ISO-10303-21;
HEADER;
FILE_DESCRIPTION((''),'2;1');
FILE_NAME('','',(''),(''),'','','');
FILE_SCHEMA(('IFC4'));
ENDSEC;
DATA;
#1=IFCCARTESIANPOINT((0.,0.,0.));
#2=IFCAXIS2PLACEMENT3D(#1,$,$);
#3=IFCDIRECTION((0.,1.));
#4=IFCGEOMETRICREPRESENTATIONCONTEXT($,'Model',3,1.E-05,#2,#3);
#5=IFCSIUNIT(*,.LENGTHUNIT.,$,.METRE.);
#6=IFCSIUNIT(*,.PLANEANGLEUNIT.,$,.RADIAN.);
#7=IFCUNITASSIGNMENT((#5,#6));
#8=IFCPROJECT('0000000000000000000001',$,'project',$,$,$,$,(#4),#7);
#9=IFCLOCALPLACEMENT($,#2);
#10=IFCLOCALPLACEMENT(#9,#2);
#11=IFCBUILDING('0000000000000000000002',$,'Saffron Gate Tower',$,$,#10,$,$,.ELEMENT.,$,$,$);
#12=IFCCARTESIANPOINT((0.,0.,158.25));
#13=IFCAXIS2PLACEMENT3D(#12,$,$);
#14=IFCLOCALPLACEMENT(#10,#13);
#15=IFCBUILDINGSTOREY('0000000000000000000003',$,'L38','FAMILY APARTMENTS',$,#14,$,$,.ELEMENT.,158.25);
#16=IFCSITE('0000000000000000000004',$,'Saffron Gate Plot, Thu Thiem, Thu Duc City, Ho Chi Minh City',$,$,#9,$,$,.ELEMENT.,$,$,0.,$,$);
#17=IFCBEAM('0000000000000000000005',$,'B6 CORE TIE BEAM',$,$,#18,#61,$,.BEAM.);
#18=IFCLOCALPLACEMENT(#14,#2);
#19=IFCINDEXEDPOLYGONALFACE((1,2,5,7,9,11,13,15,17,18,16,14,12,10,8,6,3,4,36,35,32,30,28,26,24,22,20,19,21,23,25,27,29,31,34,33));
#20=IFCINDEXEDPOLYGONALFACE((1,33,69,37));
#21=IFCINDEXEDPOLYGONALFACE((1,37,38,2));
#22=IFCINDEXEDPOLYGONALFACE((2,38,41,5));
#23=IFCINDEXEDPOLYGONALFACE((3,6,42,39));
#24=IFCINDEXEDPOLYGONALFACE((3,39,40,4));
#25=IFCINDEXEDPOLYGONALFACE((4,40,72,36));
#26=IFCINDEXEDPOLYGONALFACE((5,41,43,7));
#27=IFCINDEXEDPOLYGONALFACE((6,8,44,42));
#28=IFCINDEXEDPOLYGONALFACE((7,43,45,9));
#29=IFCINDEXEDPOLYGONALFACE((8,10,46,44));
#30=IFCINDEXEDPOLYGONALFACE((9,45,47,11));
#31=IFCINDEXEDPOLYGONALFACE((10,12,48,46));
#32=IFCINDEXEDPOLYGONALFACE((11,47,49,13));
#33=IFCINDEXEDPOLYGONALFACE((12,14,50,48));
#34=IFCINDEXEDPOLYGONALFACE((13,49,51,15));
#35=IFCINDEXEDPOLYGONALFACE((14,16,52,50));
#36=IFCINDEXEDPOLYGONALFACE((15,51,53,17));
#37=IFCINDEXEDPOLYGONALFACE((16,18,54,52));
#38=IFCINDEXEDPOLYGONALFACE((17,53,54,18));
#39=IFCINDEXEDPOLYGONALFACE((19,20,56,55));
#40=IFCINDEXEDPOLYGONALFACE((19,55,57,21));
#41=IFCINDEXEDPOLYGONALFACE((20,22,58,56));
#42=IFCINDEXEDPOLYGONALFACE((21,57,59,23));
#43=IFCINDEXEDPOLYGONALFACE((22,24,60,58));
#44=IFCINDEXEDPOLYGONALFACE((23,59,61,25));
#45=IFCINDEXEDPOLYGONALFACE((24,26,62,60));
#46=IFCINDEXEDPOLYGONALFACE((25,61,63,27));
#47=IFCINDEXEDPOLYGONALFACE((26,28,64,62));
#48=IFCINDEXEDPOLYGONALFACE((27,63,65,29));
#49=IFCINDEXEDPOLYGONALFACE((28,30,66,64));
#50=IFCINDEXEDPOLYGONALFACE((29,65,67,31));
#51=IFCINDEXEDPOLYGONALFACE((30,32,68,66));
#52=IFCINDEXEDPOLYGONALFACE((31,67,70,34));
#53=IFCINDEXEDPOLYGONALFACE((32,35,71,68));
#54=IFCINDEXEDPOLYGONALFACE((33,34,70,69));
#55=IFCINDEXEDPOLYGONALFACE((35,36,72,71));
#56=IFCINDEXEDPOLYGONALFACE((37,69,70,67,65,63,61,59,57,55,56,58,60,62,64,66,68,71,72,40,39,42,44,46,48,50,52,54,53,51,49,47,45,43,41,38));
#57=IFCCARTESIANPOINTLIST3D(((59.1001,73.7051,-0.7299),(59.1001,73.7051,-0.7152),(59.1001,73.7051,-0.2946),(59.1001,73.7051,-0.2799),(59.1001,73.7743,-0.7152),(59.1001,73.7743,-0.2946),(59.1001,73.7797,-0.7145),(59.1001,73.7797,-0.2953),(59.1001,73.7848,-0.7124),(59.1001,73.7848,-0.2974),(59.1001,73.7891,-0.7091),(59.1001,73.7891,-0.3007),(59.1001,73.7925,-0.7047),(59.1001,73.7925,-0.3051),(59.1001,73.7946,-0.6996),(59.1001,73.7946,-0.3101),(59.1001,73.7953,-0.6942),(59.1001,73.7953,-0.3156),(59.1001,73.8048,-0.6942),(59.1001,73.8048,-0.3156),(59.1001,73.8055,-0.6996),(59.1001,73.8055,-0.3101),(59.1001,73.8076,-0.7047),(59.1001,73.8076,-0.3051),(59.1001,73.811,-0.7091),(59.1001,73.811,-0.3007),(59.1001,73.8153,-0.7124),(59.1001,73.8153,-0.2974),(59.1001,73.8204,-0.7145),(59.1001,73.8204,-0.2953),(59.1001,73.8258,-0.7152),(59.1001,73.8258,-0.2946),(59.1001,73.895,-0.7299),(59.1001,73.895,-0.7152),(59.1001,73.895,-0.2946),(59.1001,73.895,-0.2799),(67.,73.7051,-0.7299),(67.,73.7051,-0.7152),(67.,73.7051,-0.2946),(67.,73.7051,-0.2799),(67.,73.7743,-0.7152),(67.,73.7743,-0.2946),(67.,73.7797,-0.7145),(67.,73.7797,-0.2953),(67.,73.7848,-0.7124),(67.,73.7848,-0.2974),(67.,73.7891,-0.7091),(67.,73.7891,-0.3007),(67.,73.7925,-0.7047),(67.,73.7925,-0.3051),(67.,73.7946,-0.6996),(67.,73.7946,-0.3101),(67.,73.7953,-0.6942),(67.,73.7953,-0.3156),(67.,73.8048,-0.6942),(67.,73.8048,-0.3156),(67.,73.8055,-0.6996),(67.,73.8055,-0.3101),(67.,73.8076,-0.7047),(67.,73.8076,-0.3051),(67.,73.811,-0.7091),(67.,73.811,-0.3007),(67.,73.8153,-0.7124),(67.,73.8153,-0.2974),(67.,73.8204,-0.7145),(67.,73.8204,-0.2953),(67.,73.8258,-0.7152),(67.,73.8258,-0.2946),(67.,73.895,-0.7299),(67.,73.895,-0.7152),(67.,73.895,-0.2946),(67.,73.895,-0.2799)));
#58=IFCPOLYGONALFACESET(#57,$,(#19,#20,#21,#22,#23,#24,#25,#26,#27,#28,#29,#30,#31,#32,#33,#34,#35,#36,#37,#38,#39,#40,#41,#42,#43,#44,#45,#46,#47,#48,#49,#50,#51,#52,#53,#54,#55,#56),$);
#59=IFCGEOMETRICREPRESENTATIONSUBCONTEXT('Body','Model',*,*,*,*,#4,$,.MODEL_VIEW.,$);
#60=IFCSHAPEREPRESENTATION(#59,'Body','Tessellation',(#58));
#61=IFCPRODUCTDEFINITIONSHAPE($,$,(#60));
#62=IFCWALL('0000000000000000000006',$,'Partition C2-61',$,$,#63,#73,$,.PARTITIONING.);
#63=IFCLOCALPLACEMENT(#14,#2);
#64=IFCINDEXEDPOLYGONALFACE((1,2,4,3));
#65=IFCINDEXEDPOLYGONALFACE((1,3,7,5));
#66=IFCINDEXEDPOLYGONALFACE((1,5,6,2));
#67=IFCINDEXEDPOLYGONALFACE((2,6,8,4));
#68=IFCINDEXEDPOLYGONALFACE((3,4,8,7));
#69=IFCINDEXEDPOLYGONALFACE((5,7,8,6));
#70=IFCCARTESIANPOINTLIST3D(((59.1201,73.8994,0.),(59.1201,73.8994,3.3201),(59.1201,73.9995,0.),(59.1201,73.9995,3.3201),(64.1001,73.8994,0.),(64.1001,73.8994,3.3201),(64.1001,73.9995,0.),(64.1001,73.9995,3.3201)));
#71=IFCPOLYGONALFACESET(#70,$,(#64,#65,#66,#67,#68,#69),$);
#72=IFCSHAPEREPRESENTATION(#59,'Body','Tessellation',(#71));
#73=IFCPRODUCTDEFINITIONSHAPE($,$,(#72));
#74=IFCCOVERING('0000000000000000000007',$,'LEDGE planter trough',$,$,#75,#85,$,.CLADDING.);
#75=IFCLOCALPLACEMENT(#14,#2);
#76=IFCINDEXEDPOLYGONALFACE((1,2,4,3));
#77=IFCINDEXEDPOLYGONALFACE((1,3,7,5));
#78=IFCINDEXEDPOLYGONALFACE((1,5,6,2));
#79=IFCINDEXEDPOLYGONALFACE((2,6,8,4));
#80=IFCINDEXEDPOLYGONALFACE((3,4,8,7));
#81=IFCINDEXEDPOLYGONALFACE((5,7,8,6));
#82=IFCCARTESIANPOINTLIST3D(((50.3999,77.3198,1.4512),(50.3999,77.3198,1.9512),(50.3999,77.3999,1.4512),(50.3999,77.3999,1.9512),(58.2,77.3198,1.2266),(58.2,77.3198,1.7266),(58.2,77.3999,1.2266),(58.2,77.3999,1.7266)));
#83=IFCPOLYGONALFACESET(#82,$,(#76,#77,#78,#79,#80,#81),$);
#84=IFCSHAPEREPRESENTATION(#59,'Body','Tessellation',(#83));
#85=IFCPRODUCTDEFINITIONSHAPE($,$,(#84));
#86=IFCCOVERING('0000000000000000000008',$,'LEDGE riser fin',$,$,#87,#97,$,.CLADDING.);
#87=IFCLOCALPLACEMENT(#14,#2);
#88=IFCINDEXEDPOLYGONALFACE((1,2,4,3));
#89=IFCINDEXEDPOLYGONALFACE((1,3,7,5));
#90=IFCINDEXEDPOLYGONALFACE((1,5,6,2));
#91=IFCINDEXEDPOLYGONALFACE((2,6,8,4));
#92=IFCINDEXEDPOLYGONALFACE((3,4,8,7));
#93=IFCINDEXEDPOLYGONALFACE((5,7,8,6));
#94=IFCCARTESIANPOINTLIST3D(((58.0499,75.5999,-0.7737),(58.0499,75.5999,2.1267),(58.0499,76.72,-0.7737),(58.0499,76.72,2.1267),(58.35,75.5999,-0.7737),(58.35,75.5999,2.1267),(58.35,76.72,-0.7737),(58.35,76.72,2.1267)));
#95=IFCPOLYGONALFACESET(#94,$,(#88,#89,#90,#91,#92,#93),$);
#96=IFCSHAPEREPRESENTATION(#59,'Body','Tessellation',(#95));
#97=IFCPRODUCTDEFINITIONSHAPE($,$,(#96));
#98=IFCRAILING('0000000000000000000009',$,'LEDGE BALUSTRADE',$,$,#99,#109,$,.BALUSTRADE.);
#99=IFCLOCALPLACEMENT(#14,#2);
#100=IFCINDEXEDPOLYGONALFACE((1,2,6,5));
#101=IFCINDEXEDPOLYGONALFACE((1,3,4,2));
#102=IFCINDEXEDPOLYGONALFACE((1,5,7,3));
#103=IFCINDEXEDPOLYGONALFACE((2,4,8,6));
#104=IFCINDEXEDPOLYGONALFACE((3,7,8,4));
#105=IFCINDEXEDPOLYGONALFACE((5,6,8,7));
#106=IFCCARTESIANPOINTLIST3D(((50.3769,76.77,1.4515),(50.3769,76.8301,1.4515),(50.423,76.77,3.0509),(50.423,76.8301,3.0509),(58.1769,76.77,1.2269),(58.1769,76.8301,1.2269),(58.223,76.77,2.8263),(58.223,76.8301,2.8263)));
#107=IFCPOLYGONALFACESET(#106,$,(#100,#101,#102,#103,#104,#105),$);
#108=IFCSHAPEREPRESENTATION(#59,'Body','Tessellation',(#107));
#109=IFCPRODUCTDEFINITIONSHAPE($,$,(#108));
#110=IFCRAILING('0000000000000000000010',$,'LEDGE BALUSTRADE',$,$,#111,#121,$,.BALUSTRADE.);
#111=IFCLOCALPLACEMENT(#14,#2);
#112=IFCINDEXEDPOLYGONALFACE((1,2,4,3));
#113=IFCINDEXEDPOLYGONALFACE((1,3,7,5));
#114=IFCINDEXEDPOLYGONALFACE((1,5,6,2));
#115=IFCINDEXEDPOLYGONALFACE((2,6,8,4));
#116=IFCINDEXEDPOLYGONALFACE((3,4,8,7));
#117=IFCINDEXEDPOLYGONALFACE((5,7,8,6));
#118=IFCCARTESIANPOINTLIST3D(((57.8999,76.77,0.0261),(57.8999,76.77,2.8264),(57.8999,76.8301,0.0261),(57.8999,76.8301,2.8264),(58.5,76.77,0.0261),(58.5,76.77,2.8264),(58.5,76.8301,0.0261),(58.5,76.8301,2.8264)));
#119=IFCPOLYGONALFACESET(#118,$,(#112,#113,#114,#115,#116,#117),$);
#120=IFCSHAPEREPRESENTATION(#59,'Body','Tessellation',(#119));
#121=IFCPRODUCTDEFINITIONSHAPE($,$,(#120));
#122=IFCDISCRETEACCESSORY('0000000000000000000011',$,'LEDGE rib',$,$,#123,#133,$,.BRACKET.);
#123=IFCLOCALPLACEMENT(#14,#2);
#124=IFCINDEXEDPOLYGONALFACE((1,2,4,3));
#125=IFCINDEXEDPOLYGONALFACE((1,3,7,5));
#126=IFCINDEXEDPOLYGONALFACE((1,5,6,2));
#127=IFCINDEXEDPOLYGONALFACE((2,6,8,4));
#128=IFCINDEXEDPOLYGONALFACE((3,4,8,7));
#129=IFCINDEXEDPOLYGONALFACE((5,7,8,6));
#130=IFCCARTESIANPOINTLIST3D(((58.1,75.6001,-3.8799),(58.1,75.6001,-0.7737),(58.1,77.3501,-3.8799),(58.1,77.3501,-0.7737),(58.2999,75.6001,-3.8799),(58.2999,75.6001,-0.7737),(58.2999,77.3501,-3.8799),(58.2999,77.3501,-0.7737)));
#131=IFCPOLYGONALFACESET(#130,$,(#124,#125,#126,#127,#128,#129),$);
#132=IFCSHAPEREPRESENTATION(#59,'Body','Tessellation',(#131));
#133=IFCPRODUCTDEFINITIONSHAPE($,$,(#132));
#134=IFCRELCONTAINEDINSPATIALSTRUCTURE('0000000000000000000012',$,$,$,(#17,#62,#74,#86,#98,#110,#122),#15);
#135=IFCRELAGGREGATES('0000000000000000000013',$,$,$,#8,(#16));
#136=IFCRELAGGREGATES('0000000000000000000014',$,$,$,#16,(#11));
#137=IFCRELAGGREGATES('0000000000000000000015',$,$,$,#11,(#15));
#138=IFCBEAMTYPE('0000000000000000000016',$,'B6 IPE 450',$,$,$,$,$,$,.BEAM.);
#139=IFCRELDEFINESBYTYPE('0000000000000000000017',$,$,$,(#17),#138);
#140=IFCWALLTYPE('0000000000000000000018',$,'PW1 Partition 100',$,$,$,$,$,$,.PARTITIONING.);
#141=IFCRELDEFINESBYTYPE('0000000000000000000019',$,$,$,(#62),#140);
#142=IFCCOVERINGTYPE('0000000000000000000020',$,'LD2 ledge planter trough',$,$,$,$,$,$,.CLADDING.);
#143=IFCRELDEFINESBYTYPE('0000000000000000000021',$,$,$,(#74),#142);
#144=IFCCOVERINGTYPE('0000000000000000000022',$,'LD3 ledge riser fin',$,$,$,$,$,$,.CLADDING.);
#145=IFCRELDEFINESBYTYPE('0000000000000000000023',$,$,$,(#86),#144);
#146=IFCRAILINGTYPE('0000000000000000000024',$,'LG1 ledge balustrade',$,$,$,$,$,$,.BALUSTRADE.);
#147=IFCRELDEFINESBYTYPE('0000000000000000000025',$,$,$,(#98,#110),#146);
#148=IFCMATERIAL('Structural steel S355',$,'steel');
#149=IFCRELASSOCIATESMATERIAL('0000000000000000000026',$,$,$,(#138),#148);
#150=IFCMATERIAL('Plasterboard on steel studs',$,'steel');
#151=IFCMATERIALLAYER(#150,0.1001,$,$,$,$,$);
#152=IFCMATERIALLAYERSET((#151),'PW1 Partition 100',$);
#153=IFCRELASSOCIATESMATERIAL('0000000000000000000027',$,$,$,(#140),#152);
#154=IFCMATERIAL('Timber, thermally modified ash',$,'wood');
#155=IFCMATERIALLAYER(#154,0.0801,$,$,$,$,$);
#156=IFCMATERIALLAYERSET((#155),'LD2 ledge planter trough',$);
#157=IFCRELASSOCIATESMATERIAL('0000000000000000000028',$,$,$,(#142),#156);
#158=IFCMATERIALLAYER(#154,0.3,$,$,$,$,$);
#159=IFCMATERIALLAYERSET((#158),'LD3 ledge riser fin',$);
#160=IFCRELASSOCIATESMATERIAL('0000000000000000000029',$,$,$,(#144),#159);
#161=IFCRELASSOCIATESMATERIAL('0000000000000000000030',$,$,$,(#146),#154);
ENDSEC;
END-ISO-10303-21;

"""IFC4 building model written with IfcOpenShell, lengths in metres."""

from ifc_helpers import new_model, si_unit, direction, frame, frame_2d, origin, origin_2d, place, context, subcontext, project, spatial, polyline, rectangle, i_section, outline, extrude, material, layer, layer_set, material_profile, profile_set, type_object, element, save


model = new_model("IFC4")

# Units and contexts
model_context = context("Model", 3, precision=1e-05, world=origin(), true_north=direction((0.0, 1.0)))
body_context = subcontext(model_context, "Body", "Model", "MODEL_VIEW")
ifc_project = project(units=[si_unit("LENGTHUNIT", "METRE"), si_unit("PLANEANGLEUNIT", "RADIAN")], contexts=[model_context])

# Site, building, storey
site_placement = place(None, origin())
site = spatial("IfcSite", under=ifc_project, at=site_placement, Name="Saffron Gate Plot, Thu Thiem, Thu Duc City, Ho Chi Minh City", CompositionType="ELEMENT", RefElevation=0.0)
building_placement = place(site_placement, origin())
building = spatial("IfcBuilding", under=site, at=building_placement, Name="Saffron Gate Tower", CompositionType="ELEMENT")
storey_placement = place(building_placement, frame((0.0, 0.0, 158.25)))
storey = spatial("IfcBuildingStorey", under=building, at=storey_placement, Name="L38", Description="FAMILY APARTMENTS", CompositionType="ELEMENT", Elevation=158.25)

# Beam
ifc_material_1 = material(Name="Structural steel S355", Category="steel")
ifc_material_profile = material_profile(ifc_material_1, i_section(OverallWidth=0.1899, OverallDepth=0.45, WebThickness=0.0095, FlangeThickness=0.0146, FilletRadius=0.021, at=origin_2d()))
ifc_profile_set = profile_set([ifc_material_profile], Name="Structural steel S355")
beam_type = type_object("IfcBeamType", Name="B6 IPE 450", PredefinedType="BEAM", material=ifc_profile_set)
beam_placement = place(storey_placement, frame((59.1001, 73.8, -0.5049), z_axis=(1.0, 0.0, 0.0), x_axis=(0.0, 1.0, 0.0)))
element("IfcBeam", 1, at=beam_placement, inside=storey, type_object=beam_type, Name="B6 CORE TIE BEAM", PredefinedType="BEAM", context=body_context, shape_type="SweptSolid", body=[
    extrude(i_section(OverallWidth=0.1899, OverallDepth=0.45, WebThickness=0.0095, FlangeThickness=0.0146, FilletRadius=0.021, at=origin_2d()), origin(), (0.0, 0.0, 1.0), 7.8999),
])

# Wall
ifc_material_2 = material(Name="Plasterboard on steel studs", Category="steel")
ifc_layer_1 = layer(ifc_material_2, 0.1001)
ifc_layer_set_1 = layer_set([ifc_layer_1], Name="PW1 Partition 100")
wall_type = type_object("IfcWallType", Name="PW1 Partition 100", PredefinedType="PARTITIONING", material=ifc_layer_set_1)
wall_placement = place(storey_placement, frame((59.1201, 73.9495, 0.0), z_axis=(0.0, 0.0, 1.0), x_axis=(1.0, 0.0, 0.0)))
element("IfcWall", 2, at=wall_placement, inside=storey, type_object=wall_type, Name="Partition C2-61", PredefinedType="PARTITIONING", context=body_context, shape_type="SweptSolid", body=[
    extrude(rectangle(XDim=4.98, YDim=0.1001, at=frame_2d((2.49, 0.0))), origin(), (0.0, 0.0, 1.0), 3.3201),
])

# Coverings
ifc_material_3 = material(Name="Timber, thermally modified ash", Category="wood")
ifc_layer_2 = layer(ifc_material_3, 0.0801)
ifc_layer_set_2 = layer_set([ifc_layer_2], Name="LD2 ledge planter trough")
covering_type_1 = type_object("IfcCoveringType", Name="LD2 ledge planter trough", PredefinedType="CLADDING", material=ifc_layer_set_2)
covering_1_placement = place(storey_placement, frame((58.2, 77.3999, 1.2266), z_axis=(0.0, 1.0, 0.0), x_axis=(-0.999586, 0.0, 0.028784)))
element("IfcCovering", 3, at=covering_1_placement, inside=storey, type_object=covering_type_1, Name="LEDGE planter trough", PredefinedType="CLADDING", context=body_context, shape_type="SweptSolid", body=[
    extrude(outline(polyline([(0.0, 0.0), (7.8033, 0.0), (7.8177, 0.4998), (0.0144, 0.4998), (0.0, 0.0)])), origin(), (0.0, 0.0, -1.0), 0.0801),
])
ifc_layer_3 = layer(ifc_material_3, 0.3)
ifc_layer_set_3 = layer_set([ifc_layer_3], Name="LD3 ledge riser fin")
covering_type_2 = type_object("IfcCoveringType", Name="LD3 ledge riser fin", PredefinedType="CLADDING", material=ifc_layer_set_3)
covering_2_placement = place(storey_placement, frame((58.2, 76.1599, -0.7737), z_axis=(0.0, 0.0, 1.0), x_axis=(-1.0, 0.0, 0.0)))
element("IfcCovering", 4, at=covering_2_placement, inside=storey, type_object=covering_type_2, Name="LEDGE riser fin", PredefinedType="CLADDING", context=body_context, shape_type="SweptSolid", body=[
    extrude(rectangle(XDim=0.3, YDim=1.1201, at=origin_2d()), origin(), (0.0, 0.0, 1.0), 2.9004),
])

# Railings
railing_type = type_object("IfcRailingType", Name="LG1 ledge balustrade", PredefinedType="BALUSTRADE", material=ifc_material_3)
railing_1_placement = place(storey_placement, frame((58.2, 76.8, 1.2266)))
element("IfcRailing", 5, at=railing_1_placement, inside=storey, type_object=railing_type, Name="LEDGE BALUSTRADE", PredefinedType="BALUSTRADE", context=body_context, shape_type="SweptSolid", body=[
    extrude(rectangle(XDim=0.0601, YDim=1.6001, at=origin_2d()), frame((0.0, 0.0, 0.8), z_axis=(-0.999586, 0.0, 0.028784), x_axis=(0.0, -1.0, 0.0)), (0.0, 0.0, 1.0), 7.8032),
])
railing_2_placement = place(storey_placement, frame((58.5, 76.8, 0.0261)))
element("IfcRailing", 6, at=railing_2_placement, inside=storey, type_object=railing_type, Name="LEDGE BALUSTRADE", PredefinedType="BALUSTRADE", context=body_context, shape_type="SweptSolid", body=[
    extrude(rectangle(XDim=0.0601, YDim=2.8003, at=origin_2d()), frame((0.0, 0.0, 1.4001), z_axis=(-1.0, 0.0, 0.0), x_axis=(0.0, -1.0, 0.0)), (0.0, 0.0, 1.0), 0.6001),
])

# Discrete accessory
discrete_accessory_placement = place(storey_placement, frame((58.2, 76.4751, -3.8799), z_axis=(0.0, 0.0, 1.0), x_axis=(-1.0, 0.0, 0.0)))
element("IfcDiscreteAccessory", 7, at=discrete_accessory_placement, inside=storey, Name="LEDGE rib", PredefinedType="BRACKET", context=body_context, shape_type="SweptSolid", body=[
    extrude(rectangle(XDim=0.2, YDim=1.75, at=origin_2d()), origin(), (0.0, 0.0, 1.0), 3.1062),
])

save(model, "model.ifc")
